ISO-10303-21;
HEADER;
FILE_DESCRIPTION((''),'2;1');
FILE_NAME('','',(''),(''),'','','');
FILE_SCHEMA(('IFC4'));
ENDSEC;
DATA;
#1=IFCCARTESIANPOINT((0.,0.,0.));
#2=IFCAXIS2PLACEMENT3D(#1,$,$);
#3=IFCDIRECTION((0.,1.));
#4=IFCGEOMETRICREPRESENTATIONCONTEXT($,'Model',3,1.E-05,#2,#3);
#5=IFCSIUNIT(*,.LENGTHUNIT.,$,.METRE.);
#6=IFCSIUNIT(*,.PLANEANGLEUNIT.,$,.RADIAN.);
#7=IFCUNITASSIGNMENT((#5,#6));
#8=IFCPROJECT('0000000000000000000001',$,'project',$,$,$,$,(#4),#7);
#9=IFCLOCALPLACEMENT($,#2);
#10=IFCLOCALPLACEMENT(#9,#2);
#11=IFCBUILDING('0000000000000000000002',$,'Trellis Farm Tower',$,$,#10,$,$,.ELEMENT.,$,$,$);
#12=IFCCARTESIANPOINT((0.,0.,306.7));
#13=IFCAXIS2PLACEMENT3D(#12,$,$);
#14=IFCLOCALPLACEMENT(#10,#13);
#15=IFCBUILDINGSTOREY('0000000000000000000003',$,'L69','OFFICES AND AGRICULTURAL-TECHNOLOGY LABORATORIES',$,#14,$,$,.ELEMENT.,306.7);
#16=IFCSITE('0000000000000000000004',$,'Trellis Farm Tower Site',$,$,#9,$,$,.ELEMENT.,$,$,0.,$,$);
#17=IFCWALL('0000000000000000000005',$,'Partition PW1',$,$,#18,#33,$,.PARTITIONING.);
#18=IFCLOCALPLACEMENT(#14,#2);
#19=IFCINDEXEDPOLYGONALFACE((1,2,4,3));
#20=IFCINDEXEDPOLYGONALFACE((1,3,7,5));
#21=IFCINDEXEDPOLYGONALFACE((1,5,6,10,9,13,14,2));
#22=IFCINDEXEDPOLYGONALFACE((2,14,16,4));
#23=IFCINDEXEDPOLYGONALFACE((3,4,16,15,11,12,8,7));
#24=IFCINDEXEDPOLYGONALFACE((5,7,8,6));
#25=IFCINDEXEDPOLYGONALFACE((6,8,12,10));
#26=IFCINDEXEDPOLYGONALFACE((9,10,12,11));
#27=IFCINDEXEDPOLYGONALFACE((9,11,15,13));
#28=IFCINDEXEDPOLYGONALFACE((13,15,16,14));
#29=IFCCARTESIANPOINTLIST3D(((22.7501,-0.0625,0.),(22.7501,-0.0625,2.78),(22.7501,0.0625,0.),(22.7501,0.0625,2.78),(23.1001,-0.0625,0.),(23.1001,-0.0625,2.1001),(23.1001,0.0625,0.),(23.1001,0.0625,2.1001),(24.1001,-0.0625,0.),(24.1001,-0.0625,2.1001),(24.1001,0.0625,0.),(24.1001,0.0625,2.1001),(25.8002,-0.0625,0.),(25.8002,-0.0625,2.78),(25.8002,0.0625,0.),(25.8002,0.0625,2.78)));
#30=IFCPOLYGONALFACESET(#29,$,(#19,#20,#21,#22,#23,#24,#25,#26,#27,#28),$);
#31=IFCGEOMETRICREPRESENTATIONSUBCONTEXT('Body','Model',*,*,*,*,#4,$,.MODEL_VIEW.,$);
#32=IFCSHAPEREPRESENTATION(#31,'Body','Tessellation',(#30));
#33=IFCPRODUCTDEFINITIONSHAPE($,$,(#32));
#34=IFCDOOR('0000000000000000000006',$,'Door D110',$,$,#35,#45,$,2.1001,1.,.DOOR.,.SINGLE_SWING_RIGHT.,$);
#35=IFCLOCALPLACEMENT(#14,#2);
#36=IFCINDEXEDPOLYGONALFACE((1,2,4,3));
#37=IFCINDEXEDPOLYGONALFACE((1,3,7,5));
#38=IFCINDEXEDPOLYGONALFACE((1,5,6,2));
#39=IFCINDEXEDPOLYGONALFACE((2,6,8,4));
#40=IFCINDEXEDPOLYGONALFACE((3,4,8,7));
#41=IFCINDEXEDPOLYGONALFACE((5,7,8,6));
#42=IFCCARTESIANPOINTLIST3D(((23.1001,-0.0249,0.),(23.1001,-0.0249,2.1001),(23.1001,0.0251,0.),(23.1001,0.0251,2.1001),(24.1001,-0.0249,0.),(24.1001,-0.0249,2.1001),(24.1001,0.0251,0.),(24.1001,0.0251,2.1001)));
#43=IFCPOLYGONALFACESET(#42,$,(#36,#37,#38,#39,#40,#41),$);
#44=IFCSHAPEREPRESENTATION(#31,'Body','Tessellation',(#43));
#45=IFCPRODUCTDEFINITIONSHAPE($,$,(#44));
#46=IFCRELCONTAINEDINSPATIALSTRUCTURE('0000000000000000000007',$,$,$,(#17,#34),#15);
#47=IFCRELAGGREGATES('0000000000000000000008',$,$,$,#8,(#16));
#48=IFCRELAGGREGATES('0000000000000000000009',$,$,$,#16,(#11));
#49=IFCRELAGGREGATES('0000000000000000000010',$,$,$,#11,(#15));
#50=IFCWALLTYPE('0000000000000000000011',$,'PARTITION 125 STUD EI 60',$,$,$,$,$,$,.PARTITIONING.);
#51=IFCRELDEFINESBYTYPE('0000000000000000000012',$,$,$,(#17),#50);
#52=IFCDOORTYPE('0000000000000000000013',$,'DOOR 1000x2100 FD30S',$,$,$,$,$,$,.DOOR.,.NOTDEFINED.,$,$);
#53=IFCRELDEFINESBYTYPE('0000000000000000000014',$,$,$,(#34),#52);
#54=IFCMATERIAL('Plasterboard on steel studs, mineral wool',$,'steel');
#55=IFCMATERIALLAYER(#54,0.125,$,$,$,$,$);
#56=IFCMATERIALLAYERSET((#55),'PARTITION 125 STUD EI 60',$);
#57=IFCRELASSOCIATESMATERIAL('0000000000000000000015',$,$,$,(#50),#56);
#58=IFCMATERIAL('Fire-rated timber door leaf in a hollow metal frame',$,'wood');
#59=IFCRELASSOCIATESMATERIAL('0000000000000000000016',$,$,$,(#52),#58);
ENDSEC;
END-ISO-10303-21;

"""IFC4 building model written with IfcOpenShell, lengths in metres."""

from ifc_helpers import new_model, si_unit, direction, frame, frame_2d, origin, place, context, subcontext, project, spatial, rectangle, extrude, source, transform, mapped, material, layer, layer_set, type_object, element, fill, save


model = new_model("IFC4")

# Units and contexts
model_context = context("Model", 3, precision=1e-05, world=origin(), true_north=direction((0.0, 1.0)))
body_context = subcontext(model_context, "Body", "Model", "MODEL_VIEW")
ifc_project = project(units=[si_unit("LENGTHUNIT", "METRE"), si_unit("PLANEANGLEUNIT", "RADIAN")], contexts=[model_context])

# Site, building, storey
site_placement = place(None, origin())
site = spatial("IfcSite", under=ifc_project, at=site_placement, Name="Trellis Farm Tower Site", CompositionType="ELEMENT", RefElevation=0.0)
building_placement = place(site_placement, origin())
building = spatial("IfcBuilding", under=site, at=building_placement, Name="Trellis Farm Tower", CompositionType="ELEMENT")
storey_placement = place(building_placement, frame((0.0, 0.0, 306.7)))
storey = spatial("IfcBuildingStorey", under=building, at=storey_placement, Name="L69", Description="OFFICES AND AGRICULTURAL-TECHNOLOGY LABORATORIES", CompositionType="ELEMENT", Elevation=306.7)

# Wall, opening, door
ifc_material_1 = material(Name="Plasterboard on steel studs, mineral wool", Category="steel")
ifc_layer_1 = layer(ifc_material_1, 0.125)
ifc_layer_set_1 = layer_set([ifc_layer_1], Name="PARTITION 125 STUD EI 60")
wall_type_1 = type_object("IfcWallType", Name="PARTITION 125 STUD EI 60", PredefinedType="PARTITIONING", material=ifc_layer_set_1)
shared_shape_1 = source(origin(), body_context, "Body", "SweptSolid", [
    extrude(rectangle(XDim=3.05, YDim=0.125, at=frame_2d((1.5249, 0.0))), origin(), (0.0, 0.0, 1.0), 2.78),
])
wall_1_placement = place(storey_placement, frame((25.8, 0.0, 0.0), z_axis=(0.0, 0.0, 1.0), x_axis=(-1.0, 0.0, 0.0)))
wall_1 = element("IfcWall", 1, at=wall_1_placement, inside=storey, type_object=wall_type_1, Name="Partition PW1", PredefinedType="PARTITIONING", context=body_context, shape_type="MappedRepresentation", body=[
    mapped(shared_shape_1, transform((0.0, 0.0, 0.0))),
])
shared_shape_2 = source(origin(), body_context, "Body", "SweptSolid", [
    extrude(rectangle(XDim=1.0, YDim=2.1001, at=frame_2d((0.5, 1.05))), frame((0.0, 0.0725, 0.0), z_axis=(0.0, -1.0, 0.0), x_axis=(1.0, 0.0, 0.0)), (0.0, 0.0, 1.0), 0.145),
])
opening_1_placement = place(wall_1_placement, frame((1.7, 0.0, 0.0)))
opening_1 = element("IfcOpeningElement", 2, at=opening_1_placement, cuts=wall_1, PredefinedType="OPENING", context=body_context, shape_type="MappedRepresentation", body=[
    mapped(shared_shape_2, transform((0.0, 0.0, 0.0))),
])
ifc_material_2 = material(Name="Fire-rated timber door leaf in a hollow metal frame", Category="wood")
door_type_1 = type_object("IfcDoorType", Name="DOOR 1000x2100 FD30S", OperationType="NOTDEFINED", PredefinedType="DOOR", material=ifc_material_2)
shared_shape_3 = source(origin(), body_context, "Body", "SweptSolid", [
    extrude(rectangle(XDim=1.0, YDim=2.1001, at=frame_2d((0.5, 1.05))), frame((0.0, 0.0249, 0.0), z_axis=(0.0, -1.0, 0.0), x_axis=(1.0, 0.0, 0.0)), (0.0, 0.0, 1.0), 0.05),
])
door_1_placement = place(opening_1_placement, origin())
door_1 = element("IfcDoor", 3, at=door_1_placement, inside=storey, type_object=door_type_1, Name="Door D110", OperationType="SINGLE_SWING_RIGHT", OverallHeight=2.1001, OverallWidth=1.0, PredefinedType="DOOR", context=body_context, shape_type="MappedRepresentation", body=[
    mapped(shared_shape_3, transform((0.0, 0.0, 0.0))),
])
fill(opening_1, door_1)

save(model, "model.ifc")
